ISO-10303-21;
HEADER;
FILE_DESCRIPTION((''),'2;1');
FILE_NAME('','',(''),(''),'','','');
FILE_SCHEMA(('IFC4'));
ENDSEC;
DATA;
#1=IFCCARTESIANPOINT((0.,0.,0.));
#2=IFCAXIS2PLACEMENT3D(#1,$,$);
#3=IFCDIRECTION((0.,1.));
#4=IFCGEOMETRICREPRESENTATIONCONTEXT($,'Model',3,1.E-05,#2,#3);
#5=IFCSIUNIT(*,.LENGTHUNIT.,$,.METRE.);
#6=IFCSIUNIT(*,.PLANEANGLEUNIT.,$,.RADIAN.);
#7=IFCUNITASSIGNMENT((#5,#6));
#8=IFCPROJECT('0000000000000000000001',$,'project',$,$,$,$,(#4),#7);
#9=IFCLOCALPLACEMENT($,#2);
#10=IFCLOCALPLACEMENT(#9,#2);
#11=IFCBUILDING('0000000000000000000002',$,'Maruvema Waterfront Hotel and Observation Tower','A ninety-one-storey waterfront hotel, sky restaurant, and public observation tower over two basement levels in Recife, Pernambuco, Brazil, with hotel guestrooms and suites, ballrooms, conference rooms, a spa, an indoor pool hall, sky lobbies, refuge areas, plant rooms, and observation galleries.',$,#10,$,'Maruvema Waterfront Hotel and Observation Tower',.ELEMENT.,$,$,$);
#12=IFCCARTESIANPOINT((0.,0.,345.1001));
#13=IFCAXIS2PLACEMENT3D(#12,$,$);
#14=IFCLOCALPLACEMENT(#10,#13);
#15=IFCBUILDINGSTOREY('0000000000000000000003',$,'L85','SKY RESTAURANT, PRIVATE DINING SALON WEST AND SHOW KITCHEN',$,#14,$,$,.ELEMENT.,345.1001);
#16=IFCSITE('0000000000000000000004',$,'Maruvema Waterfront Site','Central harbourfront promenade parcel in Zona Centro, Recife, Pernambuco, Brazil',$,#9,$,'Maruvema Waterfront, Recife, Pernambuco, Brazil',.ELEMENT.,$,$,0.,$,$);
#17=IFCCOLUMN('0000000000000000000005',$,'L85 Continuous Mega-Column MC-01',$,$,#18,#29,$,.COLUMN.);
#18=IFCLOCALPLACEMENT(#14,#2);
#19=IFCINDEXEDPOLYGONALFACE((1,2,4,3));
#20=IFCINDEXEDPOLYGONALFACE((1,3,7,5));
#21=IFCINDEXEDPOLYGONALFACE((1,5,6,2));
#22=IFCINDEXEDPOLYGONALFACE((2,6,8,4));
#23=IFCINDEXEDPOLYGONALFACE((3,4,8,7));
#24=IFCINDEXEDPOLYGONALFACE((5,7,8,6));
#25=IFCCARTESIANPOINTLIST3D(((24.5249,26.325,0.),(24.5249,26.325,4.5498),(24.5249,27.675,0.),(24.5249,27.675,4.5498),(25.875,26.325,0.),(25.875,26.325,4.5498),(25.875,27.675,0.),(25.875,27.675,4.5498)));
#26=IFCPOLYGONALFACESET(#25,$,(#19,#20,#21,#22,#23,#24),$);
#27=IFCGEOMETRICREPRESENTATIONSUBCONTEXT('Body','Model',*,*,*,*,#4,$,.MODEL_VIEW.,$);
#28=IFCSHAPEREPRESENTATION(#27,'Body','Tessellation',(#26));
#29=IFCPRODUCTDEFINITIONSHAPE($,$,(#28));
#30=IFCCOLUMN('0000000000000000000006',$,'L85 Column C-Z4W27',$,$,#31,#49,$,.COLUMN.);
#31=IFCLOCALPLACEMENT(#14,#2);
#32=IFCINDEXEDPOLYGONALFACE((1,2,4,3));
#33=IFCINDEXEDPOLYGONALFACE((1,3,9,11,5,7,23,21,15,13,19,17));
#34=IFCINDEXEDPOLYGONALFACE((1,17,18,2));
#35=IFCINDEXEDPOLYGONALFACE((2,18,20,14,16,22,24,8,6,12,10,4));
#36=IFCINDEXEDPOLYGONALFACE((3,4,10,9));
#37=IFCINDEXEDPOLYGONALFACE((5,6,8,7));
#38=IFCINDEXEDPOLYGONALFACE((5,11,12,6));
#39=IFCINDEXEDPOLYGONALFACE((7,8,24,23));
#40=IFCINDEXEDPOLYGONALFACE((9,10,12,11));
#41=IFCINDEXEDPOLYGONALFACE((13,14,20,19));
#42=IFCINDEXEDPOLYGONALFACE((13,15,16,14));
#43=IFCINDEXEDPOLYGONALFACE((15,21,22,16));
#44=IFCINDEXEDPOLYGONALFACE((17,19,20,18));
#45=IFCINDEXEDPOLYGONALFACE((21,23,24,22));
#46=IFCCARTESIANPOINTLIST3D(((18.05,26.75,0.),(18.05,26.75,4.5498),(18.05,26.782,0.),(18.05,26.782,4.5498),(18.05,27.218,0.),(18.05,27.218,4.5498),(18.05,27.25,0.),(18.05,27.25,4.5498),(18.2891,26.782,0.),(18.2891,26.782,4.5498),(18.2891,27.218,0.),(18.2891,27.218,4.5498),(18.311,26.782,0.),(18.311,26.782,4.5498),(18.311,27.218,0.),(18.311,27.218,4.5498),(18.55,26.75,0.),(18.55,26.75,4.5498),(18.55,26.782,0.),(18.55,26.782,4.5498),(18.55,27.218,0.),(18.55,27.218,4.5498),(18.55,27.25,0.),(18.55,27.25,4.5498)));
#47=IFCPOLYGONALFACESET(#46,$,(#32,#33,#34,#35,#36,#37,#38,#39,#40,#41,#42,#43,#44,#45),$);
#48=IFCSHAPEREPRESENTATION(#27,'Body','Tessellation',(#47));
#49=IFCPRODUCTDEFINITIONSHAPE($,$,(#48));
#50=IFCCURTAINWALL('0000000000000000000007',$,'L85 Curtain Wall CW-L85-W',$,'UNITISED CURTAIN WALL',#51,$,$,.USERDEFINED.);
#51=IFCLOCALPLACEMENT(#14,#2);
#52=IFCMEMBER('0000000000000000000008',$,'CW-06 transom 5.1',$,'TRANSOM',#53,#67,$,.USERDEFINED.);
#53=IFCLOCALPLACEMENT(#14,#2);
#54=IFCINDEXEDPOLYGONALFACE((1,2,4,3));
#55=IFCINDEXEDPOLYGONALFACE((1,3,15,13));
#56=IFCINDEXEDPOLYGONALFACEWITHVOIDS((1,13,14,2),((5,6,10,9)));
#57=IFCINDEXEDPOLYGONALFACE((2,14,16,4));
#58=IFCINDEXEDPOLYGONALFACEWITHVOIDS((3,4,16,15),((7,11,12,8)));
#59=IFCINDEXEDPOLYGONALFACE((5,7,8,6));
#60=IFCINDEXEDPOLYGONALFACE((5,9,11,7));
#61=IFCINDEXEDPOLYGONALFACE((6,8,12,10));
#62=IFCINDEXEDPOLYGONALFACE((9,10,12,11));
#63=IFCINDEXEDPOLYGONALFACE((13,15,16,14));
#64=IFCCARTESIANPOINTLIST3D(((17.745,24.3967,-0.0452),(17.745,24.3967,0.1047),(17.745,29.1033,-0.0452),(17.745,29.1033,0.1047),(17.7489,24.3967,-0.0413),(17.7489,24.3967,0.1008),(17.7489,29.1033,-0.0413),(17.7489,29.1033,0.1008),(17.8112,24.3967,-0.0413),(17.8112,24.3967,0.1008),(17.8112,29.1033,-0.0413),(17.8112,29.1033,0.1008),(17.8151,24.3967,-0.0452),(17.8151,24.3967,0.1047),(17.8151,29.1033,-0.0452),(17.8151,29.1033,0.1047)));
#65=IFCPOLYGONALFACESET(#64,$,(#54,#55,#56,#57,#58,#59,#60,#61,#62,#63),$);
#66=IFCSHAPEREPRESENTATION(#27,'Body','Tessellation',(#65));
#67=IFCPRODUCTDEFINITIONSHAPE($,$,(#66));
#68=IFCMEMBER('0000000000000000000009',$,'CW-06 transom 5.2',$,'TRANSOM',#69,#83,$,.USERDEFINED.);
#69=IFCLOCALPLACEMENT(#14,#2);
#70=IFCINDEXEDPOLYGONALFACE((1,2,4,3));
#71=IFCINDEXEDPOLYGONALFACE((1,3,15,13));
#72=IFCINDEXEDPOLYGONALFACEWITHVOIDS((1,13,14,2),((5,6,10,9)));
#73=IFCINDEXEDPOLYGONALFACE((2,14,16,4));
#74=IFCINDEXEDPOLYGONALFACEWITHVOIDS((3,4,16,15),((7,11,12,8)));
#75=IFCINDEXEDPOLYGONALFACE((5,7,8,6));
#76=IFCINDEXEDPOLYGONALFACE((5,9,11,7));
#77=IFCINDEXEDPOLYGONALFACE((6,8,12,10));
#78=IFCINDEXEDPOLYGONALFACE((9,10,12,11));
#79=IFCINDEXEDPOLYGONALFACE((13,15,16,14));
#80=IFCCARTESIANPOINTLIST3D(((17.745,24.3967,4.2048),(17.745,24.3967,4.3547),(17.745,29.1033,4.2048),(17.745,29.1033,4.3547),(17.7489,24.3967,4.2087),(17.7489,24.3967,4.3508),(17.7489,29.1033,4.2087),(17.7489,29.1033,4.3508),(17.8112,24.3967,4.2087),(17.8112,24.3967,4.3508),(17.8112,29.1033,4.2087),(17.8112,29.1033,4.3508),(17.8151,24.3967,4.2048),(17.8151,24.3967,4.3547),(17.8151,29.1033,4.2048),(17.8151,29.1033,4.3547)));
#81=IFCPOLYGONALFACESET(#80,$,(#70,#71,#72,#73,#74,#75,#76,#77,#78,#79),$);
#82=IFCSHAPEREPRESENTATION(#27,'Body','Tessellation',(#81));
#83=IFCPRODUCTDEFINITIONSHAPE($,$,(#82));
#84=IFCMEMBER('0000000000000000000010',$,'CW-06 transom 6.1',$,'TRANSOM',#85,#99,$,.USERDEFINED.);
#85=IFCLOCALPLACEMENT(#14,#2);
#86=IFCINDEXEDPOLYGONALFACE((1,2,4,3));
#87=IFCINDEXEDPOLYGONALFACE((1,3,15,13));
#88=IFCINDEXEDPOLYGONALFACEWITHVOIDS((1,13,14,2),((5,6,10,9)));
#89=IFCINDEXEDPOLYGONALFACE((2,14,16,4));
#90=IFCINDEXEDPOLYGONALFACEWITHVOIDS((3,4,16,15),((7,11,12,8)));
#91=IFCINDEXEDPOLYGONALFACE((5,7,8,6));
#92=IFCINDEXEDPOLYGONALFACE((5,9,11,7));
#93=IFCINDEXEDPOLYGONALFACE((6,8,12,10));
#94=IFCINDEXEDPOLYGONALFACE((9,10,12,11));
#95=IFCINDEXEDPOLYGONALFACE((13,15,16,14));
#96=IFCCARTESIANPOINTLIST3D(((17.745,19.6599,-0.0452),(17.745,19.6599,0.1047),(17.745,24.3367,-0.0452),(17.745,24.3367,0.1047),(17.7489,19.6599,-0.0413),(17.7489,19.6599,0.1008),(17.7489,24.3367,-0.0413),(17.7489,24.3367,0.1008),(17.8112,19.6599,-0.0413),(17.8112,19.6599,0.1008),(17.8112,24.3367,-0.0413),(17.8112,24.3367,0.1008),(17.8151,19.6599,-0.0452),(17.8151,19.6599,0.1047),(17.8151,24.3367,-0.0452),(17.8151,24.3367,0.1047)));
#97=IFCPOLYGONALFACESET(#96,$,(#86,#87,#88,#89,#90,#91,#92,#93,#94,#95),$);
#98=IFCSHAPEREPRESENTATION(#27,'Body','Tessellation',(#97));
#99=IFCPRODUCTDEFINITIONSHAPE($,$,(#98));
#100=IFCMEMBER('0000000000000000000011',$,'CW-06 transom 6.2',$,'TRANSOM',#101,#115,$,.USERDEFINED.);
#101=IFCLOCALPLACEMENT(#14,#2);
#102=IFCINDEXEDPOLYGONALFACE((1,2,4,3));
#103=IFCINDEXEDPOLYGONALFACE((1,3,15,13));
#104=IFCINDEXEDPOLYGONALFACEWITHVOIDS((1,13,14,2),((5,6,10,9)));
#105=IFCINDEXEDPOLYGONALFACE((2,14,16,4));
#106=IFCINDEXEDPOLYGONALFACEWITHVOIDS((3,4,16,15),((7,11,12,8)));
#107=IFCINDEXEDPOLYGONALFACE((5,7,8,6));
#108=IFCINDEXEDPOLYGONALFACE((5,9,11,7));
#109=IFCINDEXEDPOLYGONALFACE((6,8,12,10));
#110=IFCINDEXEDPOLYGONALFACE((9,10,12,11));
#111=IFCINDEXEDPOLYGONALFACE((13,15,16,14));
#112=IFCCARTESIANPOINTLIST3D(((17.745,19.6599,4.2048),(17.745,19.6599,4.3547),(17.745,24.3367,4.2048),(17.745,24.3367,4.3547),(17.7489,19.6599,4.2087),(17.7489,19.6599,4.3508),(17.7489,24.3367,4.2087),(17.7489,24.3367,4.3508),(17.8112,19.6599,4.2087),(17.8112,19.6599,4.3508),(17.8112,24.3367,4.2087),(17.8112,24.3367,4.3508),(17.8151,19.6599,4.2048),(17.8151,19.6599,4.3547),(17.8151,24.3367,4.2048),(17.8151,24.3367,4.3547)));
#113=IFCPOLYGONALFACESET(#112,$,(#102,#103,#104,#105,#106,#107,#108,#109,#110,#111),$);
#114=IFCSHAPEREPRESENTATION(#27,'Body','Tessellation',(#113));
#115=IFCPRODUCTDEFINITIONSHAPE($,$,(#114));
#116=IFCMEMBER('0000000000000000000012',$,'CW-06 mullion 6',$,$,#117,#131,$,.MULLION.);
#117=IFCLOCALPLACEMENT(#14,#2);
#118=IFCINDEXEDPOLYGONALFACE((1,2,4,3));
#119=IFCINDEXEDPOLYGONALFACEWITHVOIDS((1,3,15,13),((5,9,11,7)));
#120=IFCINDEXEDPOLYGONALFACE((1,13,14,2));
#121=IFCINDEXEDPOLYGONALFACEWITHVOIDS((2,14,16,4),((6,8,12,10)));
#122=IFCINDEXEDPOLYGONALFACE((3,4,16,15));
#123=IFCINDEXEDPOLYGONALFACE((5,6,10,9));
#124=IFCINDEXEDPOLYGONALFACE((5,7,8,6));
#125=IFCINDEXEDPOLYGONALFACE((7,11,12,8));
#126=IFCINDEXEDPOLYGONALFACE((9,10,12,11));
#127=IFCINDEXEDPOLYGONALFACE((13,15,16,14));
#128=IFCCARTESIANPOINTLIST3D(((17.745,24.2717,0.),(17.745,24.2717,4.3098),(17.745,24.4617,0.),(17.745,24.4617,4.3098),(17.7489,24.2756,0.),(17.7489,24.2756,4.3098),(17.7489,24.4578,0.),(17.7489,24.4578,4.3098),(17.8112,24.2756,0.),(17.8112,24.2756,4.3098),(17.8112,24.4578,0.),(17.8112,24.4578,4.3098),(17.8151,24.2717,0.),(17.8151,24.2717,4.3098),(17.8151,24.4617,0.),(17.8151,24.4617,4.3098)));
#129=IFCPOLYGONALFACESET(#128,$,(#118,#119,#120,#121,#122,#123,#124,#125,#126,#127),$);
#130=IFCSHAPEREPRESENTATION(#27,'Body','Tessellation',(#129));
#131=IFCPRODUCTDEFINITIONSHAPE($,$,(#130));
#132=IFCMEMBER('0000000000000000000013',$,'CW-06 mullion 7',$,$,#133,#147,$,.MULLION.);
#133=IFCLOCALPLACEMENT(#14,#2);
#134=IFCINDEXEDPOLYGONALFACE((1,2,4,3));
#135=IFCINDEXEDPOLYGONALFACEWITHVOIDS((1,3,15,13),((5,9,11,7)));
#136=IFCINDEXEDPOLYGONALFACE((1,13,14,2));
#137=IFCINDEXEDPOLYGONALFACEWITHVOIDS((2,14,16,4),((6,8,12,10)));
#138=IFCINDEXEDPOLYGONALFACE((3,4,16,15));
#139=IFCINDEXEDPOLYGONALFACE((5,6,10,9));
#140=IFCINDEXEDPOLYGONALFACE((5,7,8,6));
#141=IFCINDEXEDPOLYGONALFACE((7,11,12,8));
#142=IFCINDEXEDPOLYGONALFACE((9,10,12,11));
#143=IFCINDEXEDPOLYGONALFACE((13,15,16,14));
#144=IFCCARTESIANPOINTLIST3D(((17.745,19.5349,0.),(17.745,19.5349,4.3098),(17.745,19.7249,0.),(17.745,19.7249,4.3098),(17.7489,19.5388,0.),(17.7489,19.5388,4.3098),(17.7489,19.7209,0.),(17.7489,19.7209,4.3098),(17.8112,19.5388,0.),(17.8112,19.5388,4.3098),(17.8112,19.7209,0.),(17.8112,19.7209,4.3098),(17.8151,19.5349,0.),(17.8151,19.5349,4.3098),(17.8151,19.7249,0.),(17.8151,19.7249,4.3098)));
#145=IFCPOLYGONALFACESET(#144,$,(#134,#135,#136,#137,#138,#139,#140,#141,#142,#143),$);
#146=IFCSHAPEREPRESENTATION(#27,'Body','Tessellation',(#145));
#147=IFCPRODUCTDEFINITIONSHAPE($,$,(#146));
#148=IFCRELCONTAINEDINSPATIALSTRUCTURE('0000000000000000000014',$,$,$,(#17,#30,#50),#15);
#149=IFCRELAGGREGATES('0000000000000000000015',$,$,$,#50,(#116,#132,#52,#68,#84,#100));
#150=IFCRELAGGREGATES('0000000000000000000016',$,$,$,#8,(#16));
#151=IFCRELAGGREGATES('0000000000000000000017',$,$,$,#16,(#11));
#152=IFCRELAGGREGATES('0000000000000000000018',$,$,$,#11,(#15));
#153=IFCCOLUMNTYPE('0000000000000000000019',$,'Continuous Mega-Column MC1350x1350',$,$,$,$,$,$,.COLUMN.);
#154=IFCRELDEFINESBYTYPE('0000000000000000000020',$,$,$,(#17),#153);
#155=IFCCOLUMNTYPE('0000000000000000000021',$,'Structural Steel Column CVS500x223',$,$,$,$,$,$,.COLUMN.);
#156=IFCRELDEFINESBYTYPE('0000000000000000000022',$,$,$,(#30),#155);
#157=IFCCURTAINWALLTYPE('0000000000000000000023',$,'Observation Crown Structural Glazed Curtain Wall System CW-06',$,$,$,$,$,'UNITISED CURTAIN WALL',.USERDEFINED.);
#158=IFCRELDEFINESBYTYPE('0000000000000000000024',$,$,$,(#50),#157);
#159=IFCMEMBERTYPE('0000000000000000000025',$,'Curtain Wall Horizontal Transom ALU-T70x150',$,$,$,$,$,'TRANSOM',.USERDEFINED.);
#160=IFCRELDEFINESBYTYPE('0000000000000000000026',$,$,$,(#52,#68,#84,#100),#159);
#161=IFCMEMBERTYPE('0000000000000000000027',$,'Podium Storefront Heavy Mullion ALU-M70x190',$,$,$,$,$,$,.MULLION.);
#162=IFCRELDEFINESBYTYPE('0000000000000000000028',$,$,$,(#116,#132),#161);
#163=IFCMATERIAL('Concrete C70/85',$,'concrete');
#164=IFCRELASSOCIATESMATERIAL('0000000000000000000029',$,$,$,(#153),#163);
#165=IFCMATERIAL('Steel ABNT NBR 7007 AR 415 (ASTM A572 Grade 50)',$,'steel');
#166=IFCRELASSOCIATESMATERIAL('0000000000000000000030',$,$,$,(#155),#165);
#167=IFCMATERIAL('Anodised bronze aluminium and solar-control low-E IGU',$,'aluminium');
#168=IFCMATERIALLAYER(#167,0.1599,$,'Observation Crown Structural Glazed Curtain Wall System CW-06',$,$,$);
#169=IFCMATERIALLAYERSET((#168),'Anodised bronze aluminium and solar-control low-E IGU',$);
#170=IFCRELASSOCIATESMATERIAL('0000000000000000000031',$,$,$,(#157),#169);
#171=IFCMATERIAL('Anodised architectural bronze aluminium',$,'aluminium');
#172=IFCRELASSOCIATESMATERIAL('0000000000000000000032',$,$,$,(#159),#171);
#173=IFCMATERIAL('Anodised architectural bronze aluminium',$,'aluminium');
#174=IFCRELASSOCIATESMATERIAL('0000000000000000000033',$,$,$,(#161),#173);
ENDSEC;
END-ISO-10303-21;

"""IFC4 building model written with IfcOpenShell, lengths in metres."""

from ifc_helpers import new_model, si_unit, direction, frame, origin, origin_2d, place, context, subcontext, project, spatial, rectangle, hollow_rectangle, i_section, extrude, material, layer, layer_set, material_profile, profile_set, type_object, element, aggregate, save


model = new_model("IFC4")

# Units and contexts
model_context = context("Model", 3, precision=1e-05, world=origin(), true_north=direction((0.0, 1.0)))
body_context = subcontext(model_context, "Body", "Model", "MODEL_VIEW")
ifc_project = project(units=[si_unit("LENGTHUNIT", "METRE"), si_unit("PLANEANGLEUNIT", "RADIAN")], contexts=[model_context])

# Site, building, storey
site_placement = place(None, origin())
site = spatial("IfcSite", under=ifc_project, at=site_placement, Name="Maruvema Waterfront Site", Description="Central harbourfront promenade parcel in Zona Centro, Recife, Pernambuco, Brazil", LongName="Maruvema Waterfront, Recife, Pernambuco, Brazil", CompositionType="ELEMENT", RefElevation=0.0)
building_placement = place(site_placement, origin())
building = spatial("IfcBuilding", under=site, at=building_placement, Name="Maruvema Waterfront Hotel and Observation Tower", Description="A ninety-one-storey waterfront hotel, sky restaurant, and public observation tower over two basement levels in Recife, Pernambuco, Brazil, with hotel guestrooms and suites, ballrooms, conference rooms, a spa, an indoor pool hall, sky lobbies, refuge areas, plant rooms, and observation galleries.", LongName="Maruvema Waterfront Hotel and Observation Tower", CompositionType="ELEMENT")
storey_placement = place(building_placement, frame((0.0, 0.0, 345.1001)))
storey = spatial("IfcBuildingStorey", under=building, at=storey_placement, Name="L85", Description="SKY RESTAURANT, PRIVATE DINING SALON WEST AND SHOW KITCHEN", CompositionType="ELEMENT", Elevation=345.1001)

# Columns
ifc_material_1 = material(Name="Concrete C70/85", Category="concrete")
ifc_material_profile_1 = material_profile(ifc_material_1, rectangle(XDim=1.3501, YDim=1.3501, at=origin_2d()), Name="MC1350x1350")
ifc_profile_set_1 = profile_set([ifc_material_profile_1], Name="Concrete C70/85")
column_type_1 = type_object("IfcColumnType", Name="Continuous Mega-Column MC1350x1350", PredefinedType="COLUMN", material=ifc_profile_set_1)
column_1_placement = place(storey_placement, frame((25.2, 27.0, 0.0), z_axis=(0.0, 0.0, 1.0), x_axis=(1.0, 0.0, 0.0)))
element("IfcColumn", 1, at=column_1_placement, inside=storey, type_object=column_type_1, Name="L85 Continuous Mega-Column MC-01", PredefinedType="COLUMN", context=body_context, shape_type="SweptSolid", body=[
    extrude(rectangle(XDim=1.3501, YDim=1.3501, at=origin_2d()), origin(), (0.0, 0.0, 1.0), 4.5498),
])
ifc_material_2 = material(Name="Steel ABNT NBR 7007 AR 415 (ASTM A572 Grade 50)", Category="steel")
ifc_material_profile_2 = material_profile(ifc_material_2, i_section(OverallWidth=0.5, OverallDepth=0.5, WebThickness=0.022, FlangeThickness=0.032, at=origin_2d()), Name="CVS500x223")
ifc_profile_set_2 = profile_set([ifc_material_profile_2], Name="Steel ABNT NBR 7007 AR 415 (ASTM A572 Grade 50)")
column_type_2 = type_object("IfcColumnType", Name="Structural Steel Column CVS500x223", PredefinedType="COLUMN", material=ifc_profile_set_2)
column_2_placement = place(storey_placement, frame((18.3, 27.0, 0.0), z_axis=(0.0, 0.0, 1.0), x_axis=(1.0, 0.0, 0.0)))
element("IfcColumn", 2, at=column_2_placement, inside=storey, type_object=column_type_2, Name="L85 Column C-Z4W27", PredefinedType="COLUMN", context=body_context, shape_type="SweptSolid", body=[
    extrude(i_section(OverallWidth=0.5, OverallDepth=0.5, WebThickness=0.022, FlangeThickness=0.032, at=origin_2d()), origin(), (0.0, 0.0, 1.0), 4.5498),
])

# Curtain wall, members
ifc_material_3 = material(Name="Anodised bronze aluminium and solar-control low-E IGU", Category="aluminium")
ifc_layer_1 = layer(ifc_material_3, 0.1599, Name="Observation Crown Structural Glazed Curtain Wall System CW-06")
ifc_layer_set_1 = layer_set([ifc_layer_1], Name="Anodised bronze aluminium and solar-control low-E IGU")
curtain_wall_type = type_object("IfcCurtainWallType", Name="Observation Crown Structural Glazed Curtain Wall System CW-06", ElementType="UNITISED CURTAIN WALL", PredefinedType="USERDEFINED", material=ifc_layer_set_1)
curtain_wall_placement = place(storey_placement, origin())
curtain_wall = element("IfcCurtainWall", 3, at=curtain_wall_placement, inside=storey, type_object=curtain_wall_type, Name="L85 Curtain Wall CW-L85-W", ObjectType="UNITISED CURTAIN WALL", PredefinedType="USERDEFINED")
ifc_material_4 = material(Name="Anodised architectural bronze aluminium", Category="aluminium")
ifc_material_profile_3 = material_profile(ifc_material_4, hollow_rectangle(XDim=0.0701, YDim=0.1499, WallThickness=0.0039, at=origin_2d()), Name="ALU-T70x150")
ifc_profile_set_3 = profile_set([ifc_material_profile_3], Name="Anodised architectural bronze aluminium")
member_type_1 = type_object("IfcMemberType", Name="Curtain Wall Horizontal Transom ALU-T70x150", ElementType="TRANSOM", PredefinedType="USERDEFINED", material=ifc_profile_set_3)
member_1_placement = place(storey_placement, frame((17.78, 29.1033, 0.0298), z_axis=(0.0, -1.0, 0.0), x_axis=(1.0, 0.0, 0.0)))
member_1 = element("IfcMember", 4, at=member_1_placement, type_object=member_type_1, Name="CW-06 transom 5.1", ObjectType="TRANSOM", PredefinedType="USERDEFINED", context=body_context, shape_type="SweptSolid", body=[
    extrude(hollow_rectangle(XDim=0.0701, YDim=0.1499, WallThickness=0.0039, at=origin_2d()), origin(), (0.0, 0.0, 1.0), 4.7065),
])
member_2_placement = place(storey_placement, frame((17.78, 29.1033, 4.2798), z_axis=(0.0, -1.0, 0.0), x_axis=(1.0, 0.0, 0.0)))
member_2 = element("IfcMember", 5, at=member_2_placement, type_object=member_type_1, Name="CW-06 transom 5.2", ObjectType="TRANSOM", PredefinedType="USERDEFINED", context=body_context, shape_type="SweptSolid", body=[
    extrude(hollow_rectangle(XDim=0.0701, YDim=0.1499, WallThickness=0.0039, at=origin_2d()), origin(), (0.0, 0.0, 1.0), 4.7065),
])
member_3_placement = place(storey_placement, frame((17.78, 24.3367, 0.0298), z_axis=(0.0, -1.0, 0.0), x_axis=(1.0, 0.0, 0.0)))
member_3 = element("IfcMember", 6, at=member_3_placement, type_object=member_type_1, Name="CW-06 transom 6.1", ObjectType="TRANSOM", PredefinedType="USERDEFINED", context=body_context, shape_type="SweptSolid", body=[
    extrude(hollow_rectangle(XDim=0.0701, YDim=0.1499, WallThickness=0.0039, at=origin_2d()), origin(), (0.0, 0.0, 1.0), 4.6768),
])
member_4_placement = place(storey_placement, frame((17.78, 24.3367, 4.2798), z_axis=(0.0, -1.0, 0.0), x_axis=(1.0, 0.0, 0.0)))
member_4 = element("IfcMember", 7, at=member_4_placement, type_object=member_type_1, Name="CW-06 transom 6.2", ObjectType="TRANSOM", PredefinedType="USERDEFINED", context=body_context, shape_type="SweptSolid", body=[
    extrude(hollow_rectangle(XDim=0.0701, YDim=0.1499, WallThickness=0.0039, at=origin_2d()), origin(), (0.0, 0.0, 1.0), 4.6768),
])
ifc_material_5 = material(Name="Anodised architectural bronze aluminium", Category="aluminium")
ifc_material_profile_4 = material_profile(ifc_material_5, hollow_rectangle(XDim=0.0701, YDim=0.1899, WallThickness=0.0039, at=origin_2d()), Name="ALU-M70x190")
ifc_profile_set_4 = profile_set([ifc_material_profile_4], Name="Anodised architectural bronze aluminium")
member_type_2 = type_object("IfcMemberType", Name="Podium Storefront Heavy Mullion ALU-M70x190", PredefinedType="MULLION", material=ifc_profile_set_4)
member_5_placement = place(storey_placement, frame((17.78, 24.3667, 0.0), z_axis=(0.0, 0.0, 1.0), x_axis=(1.0, 0.0, 0.0)))
member_5 = element("IfcMember", 8, at=member_5_placement, type_object=member_type_2, Name="CW-06 mullion 6", PredefinedType="MULLION", context=body_context, shape_type="SweptSolid", body=[
    extrude(hollow_rectangle(XDim=0.0701, YDim=0.1899, WallThickness=0.0039, at=origin_2d()), origin(), (0.0, 0.0, 1.0), 4.3098),
])
member_6_placement = place(storey_placement, frame((17.78, 19.6299, 0.0), z_axis=(0.0, 0.0, 1.0), x_axis=(1.0, 0.0, 0.0)))
member_6 = element("IfcMember", 9, at=member_6_placement, type_object=member_type_2, Name="CW-06 mullion 7", PredefinedType="MULLION", context=body_context, shape_type="SweptSolid", body=[
    extrude(hollow_rectangle(XDim=0.0701, YDim=0.1899, WallThickness=0.0039, at=origin_2d()), origin(), (0.0, 0.0, 1.0), 4.3098),
])

aggregate(curtain_wall, [member_5, member_6, member_1, member_2, member_3, member_4])

save(model, "model.ifc")
